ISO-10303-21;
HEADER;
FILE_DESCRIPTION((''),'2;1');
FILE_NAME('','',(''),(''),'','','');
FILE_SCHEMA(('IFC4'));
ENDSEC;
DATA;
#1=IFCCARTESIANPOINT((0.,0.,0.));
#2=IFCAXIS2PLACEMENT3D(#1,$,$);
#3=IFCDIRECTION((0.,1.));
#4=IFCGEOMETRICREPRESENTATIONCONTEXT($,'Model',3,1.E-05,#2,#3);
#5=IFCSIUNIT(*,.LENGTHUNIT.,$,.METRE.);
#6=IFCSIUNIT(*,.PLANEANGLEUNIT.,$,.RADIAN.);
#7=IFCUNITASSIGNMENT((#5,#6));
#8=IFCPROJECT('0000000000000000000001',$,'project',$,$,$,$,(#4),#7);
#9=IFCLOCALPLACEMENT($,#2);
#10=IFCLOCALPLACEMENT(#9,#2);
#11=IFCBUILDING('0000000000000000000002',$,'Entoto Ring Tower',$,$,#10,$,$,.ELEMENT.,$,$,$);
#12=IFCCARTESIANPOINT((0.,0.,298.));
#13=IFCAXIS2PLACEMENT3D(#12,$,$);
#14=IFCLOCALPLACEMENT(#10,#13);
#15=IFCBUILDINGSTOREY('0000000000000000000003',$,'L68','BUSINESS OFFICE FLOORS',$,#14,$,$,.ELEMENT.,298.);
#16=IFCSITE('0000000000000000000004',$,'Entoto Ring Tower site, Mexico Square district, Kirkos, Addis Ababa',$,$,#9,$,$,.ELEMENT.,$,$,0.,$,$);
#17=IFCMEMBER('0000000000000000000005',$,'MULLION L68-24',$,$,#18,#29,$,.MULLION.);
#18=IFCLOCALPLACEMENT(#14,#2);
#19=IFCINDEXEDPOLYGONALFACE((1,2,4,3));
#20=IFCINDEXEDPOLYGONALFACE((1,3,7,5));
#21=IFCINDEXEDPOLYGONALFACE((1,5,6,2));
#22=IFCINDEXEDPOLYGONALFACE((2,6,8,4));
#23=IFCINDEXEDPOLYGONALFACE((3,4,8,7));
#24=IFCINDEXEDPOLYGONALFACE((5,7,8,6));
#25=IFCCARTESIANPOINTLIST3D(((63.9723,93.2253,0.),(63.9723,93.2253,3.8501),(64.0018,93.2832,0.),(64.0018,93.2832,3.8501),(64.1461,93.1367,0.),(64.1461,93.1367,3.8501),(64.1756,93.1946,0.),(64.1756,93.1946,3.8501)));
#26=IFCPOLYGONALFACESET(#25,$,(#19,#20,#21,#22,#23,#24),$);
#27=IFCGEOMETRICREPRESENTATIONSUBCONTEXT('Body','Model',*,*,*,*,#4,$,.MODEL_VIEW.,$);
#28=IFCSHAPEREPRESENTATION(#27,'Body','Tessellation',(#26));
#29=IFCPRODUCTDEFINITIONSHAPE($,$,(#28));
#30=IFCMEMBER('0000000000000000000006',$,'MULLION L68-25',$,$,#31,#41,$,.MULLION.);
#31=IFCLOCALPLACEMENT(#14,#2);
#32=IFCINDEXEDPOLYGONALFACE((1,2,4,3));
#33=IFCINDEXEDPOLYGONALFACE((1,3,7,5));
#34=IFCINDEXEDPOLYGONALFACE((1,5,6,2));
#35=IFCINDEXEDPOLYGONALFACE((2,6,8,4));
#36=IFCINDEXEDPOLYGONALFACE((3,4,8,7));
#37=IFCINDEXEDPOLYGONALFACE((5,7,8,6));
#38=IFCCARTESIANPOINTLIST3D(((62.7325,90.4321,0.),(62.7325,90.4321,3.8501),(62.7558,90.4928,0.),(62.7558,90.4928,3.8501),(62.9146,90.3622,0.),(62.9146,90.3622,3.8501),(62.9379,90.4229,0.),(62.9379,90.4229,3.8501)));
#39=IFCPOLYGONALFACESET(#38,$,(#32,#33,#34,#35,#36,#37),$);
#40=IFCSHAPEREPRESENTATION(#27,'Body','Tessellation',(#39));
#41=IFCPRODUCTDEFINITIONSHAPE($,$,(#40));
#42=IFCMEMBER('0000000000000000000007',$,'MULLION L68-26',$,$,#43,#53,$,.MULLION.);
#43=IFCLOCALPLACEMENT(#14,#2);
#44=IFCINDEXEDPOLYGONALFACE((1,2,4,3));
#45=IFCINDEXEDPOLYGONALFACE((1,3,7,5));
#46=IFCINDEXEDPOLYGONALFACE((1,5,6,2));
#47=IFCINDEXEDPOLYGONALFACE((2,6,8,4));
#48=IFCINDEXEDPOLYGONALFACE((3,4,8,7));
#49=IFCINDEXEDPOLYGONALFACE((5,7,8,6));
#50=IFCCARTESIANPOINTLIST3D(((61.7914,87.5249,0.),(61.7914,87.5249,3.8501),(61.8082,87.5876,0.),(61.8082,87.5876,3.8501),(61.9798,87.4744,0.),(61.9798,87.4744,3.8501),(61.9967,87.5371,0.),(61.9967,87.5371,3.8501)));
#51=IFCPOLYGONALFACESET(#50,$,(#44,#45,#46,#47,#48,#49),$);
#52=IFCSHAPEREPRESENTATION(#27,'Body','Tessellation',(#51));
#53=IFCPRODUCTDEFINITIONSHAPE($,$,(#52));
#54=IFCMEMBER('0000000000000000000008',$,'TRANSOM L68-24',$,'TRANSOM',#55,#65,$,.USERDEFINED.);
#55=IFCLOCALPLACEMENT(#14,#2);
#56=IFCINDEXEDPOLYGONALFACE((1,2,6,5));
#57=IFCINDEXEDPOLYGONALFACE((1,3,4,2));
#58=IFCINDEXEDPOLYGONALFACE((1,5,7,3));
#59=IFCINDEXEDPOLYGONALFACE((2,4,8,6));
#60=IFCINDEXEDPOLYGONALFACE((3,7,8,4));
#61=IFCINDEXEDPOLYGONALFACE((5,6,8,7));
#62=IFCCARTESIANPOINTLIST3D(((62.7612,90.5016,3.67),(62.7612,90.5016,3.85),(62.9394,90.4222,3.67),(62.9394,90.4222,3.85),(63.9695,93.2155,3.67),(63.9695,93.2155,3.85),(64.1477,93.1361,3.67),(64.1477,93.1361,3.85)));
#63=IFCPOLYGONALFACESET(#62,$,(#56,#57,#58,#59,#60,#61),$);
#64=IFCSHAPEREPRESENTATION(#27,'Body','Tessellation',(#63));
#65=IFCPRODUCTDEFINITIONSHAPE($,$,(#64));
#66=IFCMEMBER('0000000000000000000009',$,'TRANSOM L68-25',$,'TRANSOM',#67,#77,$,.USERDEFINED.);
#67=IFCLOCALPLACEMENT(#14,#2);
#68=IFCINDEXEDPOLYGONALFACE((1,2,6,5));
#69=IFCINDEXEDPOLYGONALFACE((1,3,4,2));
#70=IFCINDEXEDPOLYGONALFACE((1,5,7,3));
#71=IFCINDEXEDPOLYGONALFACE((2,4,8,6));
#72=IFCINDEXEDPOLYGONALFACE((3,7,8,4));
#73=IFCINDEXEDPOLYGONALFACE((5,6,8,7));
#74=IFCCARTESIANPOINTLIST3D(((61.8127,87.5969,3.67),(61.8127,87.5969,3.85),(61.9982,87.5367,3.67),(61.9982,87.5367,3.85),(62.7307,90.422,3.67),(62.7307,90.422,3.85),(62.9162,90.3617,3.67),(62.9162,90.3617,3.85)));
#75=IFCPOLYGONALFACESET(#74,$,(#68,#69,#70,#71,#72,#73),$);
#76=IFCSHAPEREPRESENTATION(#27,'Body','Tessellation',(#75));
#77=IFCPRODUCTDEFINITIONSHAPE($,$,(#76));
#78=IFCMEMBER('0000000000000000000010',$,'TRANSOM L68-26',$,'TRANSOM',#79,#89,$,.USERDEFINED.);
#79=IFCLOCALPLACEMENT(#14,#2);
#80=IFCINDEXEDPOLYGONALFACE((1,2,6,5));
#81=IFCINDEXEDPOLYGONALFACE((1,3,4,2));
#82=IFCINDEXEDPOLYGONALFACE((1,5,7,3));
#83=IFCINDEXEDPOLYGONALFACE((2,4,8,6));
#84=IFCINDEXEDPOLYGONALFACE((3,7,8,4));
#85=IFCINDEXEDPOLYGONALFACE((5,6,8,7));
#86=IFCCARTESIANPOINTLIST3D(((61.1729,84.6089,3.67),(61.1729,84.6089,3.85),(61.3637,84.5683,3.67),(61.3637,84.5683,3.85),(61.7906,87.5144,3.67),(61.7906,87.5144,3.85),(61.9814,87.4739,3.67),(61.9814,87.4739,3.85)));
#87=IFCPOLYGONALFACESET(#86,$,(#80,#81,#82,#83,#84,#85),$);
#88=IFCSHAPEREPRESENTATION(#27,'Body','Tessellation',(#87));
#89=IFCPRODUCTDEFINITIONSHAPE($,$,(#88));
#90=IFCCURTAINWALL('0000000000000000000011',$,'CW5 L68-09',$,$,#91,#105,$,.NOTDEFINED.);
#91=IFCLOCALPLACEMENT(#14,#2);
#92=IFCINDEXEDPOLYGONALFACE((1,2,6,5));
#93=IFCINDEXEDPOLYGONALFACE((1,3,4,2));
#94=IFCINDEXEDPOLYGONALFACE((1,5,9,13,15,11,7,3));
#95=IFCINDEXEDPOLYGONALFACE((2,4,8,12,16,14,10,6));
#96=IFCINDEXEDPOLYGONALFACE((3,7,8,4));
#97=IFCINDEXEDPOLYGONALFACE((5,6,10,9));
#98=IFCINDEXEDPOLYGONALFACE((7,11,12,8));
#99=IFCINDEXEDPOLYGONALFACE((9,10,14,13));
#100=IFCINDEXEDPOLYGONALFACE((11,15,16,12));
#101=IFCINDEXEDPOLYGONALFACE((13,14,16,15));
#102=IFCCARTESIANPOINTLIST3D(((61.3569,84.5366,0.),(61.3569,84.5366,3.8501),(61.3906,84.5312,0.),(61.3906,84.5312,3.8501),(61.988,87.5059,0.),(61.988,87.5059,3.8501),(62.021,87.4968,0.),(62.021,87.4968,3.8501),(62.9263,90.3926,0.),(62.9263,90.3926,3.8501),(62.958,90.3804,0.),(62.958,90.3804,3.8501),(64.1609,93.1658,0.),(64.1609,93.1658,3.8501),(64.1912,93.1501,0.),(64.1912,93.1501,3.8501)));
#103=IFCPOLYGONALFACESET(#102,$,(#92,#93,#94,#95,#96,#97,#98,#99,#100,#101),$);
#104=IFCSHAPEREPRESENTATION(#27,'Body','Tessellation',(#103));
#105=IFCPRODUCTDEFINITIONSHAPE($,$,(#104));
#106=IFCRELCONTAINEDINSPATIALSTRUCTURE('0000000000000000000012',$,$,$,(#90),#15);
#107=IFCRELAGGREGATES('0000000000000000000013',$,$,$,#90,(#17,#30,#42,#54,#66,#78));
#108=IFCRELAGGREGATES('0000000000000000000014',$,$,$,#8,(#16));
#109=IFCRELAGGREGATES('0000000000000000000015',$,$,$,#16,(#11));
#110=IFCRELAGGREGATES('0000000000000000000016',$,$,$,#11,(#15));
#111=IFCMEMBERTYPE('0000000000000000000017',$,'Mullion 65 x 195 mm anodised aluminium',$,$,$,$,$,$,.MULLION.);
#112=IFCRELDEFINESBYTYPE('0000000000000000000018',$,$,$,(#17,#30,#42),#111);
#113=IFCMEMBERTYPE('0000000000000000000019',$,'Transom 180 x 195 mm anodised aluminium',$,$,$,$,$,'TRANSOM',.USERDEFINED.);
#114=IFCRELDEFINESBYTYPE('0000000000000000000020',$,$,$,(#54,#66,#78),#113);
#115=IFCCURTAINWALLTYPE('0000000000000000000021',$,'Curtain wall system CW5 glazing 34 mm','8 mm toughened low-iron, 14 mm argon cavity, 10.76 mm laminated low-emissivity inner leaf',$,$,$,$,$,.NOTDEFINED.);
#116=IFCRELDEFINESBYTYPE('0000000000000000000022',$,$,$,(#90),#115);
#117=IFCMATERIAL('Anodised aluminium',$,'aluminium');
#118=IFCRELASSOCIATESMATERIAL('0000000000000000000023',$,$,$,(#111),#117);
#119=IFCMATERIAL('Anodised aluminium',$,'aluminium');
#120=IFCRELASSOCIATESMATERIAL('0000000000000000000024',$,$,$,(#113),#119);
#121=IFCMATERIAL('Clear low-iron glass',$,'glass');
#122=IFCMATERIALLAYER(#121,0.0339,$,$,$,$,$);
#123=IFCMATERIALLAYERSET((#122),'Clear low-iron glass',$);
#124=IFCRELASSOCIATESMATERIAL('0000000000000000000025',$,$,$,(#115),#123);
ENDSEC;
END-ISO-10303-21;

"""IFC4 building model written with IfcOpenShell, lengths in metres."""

from ifc_helpers import new_model, si_unit, direction, frame, origin, origin_2d, place, context, subcontext, project, spatial, polyline, rectangle, outline, extrude, material, layer, layer_set, material_profile, profile_set, type_object, element, aggregate, save


model = new_model("IFC4")

# Units and contexts
model_context = context("Model", 3, precision=1e-05, world=origin(), true_north=direction((0.0, 1.0)))
body_context = subcontext(model_context, "Body", "Model", "MODEL_VIEW")
ifc_project = project(units=[si_unit("LENGTHUNIT", "METRE"), si_unit("PLANEANGLEUNIT", "RADIAN")], contexts=[model_context])

# Members
ifc_material_1 = material(Name="Anodised aluminium", Category="aluminium")
ifc_material_profile_1 = material_profile(ifc_material_1, rectangle(XDim=0.0649, YDim=0.1951, at=origin_2d()), Name="Mullion 65 x 195 mm anodised aluminium")
ifc_profile_set_1 = profile_set([ifc_material_profile_1], Name="Anodised aluminium")
member_type_1 = type_object("IfcMemberType", Name="Mullion 65 x 195 mm anodised aluminium", PredefinedType="MULLION", material=ifc_profile_set_1)
site_placement = place(None, origin())
building_placement = place(site_placement, origin())
storey_placement = place(building_placement, frame((0.0, 0.0, 298.0)))
member_1_placement = place(storey_placement, frame((64.074, 93.21, 0.0), z_axis=(0.0, 0.0, 1.0), x_axis=(-0.45399, -0.891007, 0.0)))
member_1 = element("IfcMember", 1, at=member_1_placement, type_object=member_type_1, Name="MULLION L68-24", PredefinedType="MULLION", context=body_context, shape_type="SweptSolid", body=[
    extrude(rectangle(XDim=0.0649, YDim=0.1951, at=origin_2d()), origin(), (0.0, 0.0, 1.0), 3.8501),
])
member_2_placement = place(storey_placement, frame((62.8352, 90.4275, 0.0), z_axis=(0.0, 0.0, 1.0), x_axis=(-0.358368, -0.93358, 0.0)))
member_2 = element("IfcMember", 2, at=member_2_placement, type_object=member_type_1, Name="MULLION L68-25", PredefinedType="MULLION", context=body_context, shape_type="SweptSolid", body=[
    extrude(rectangle(XDim=0.0649, YDim=0.1951, at=origin_2d()), origin(), (0.0, 0.0, 1.0), 3.8501),
])
member_3_placement = place(storey_placement, frame((61.894, 87.531, 0.0), z_axis=(0.0, 0.0, 1.0), x_axis=(-0.258819, -0.965926, 0.0)))
member_3 = element("IfcMember", 3, at=member_3_placement, type_object=member_type_1, Name="MULLION L68-26", PredefinedType="MULLION", context=body_context, shape_type="SweptSolid", body=[
    extrude(rectangle(XDim=0.0649, YDim=0.1951, at=origin_2d()), origin(), (0.0, 0.0, 1.0), 3.8501),
])
ifc_material_2 = material(Name="Anodised aluminium", Category="aluminium")
ifc_material_profile_2 = material_profile(ifc_material_2, rectangle(XDim=0.1951, YDim=0.1799, at=origin_2d()), Name="Transom 180 x 195 mm anodised aluminium")
ifc_profile_set_2 = profile_set([ifc_material_profile_2], Name="Anodised aluminium")
member_type_2 = type_object("IfcMemberType", Name="Transom 180 x 195 mm anodised aluminium", ElementType="TRANSOM", PredefinedType="USERDEFINED", material=ifc_profile_set_2)
member_4_placement = place(storey_placement, frame((64.0586, 93.1758, 3.76), z_axis=(-0.406726, -0.91355, 0.0), x_axis=(0.91355, -0.406726, 0.0)))
member_4 = element("IfcMember", 4, at=member_4_placement, type_object=member_type_2, Name="TRANSOM L68-24", ObjectType="TRANSOM", PredefinedType="USERDEFINED", context=body_context, shape_type="SweptSolid", body=[
    extrude(rectangle(XDim=0.1951, YDim=0.1799, at=origin_2d()), origin(), (0.0, 0.0, 1.0), 2.9707),
])
member_5_placement = place(storey_placement, frame((62.8235, 90.3918, 3.76), z_axis=(-0.309043, -0.951048, 0.0), x_axis=(0.951048, -0.309043, 0.0)))
member_5 = element("IfcMember", 5, at=member_5_placement, type_object=member_type_2, Name="TRANSOM L68-25", ObjectType="TRANSOM", PredefinedType="USERDEFINED", context=body_context, shape_type="SweptSolid", body=[
    extrude(rectangle(XDim=0.1951, YDim=0.1799, at=origin_2d()), origin(), (0.0, 0.0, 1.0), 2.9705),
])
member_6_placement = place(storey_placement, frame((61.886, 87.4941, 3.76), z_axis=(-0.20794, -0.978142, 0.0), x_axis=(0.978142, -0.20794, 0.0)))
member_6 = element("IfcMember", 6, at=member_6_placement, type_object=member_type_2, Name="TRANSOM L68-26", ObjectType="TRANSOM", PredefinedType="USERDEFINED", context=body_context, shape_type="SweptSolid", body=[
    extrude(rectangle(XDim=0.1951, YDim=0.1799, at=origin_2d()), origin(), (0.0, 0.0, 1.0), 2.9705),
])

# Site, building, storey
site = spatial("IfcSite", under=ifc_project, at=site_placement, Name="Entoto Ring Tower site, Mexico Square district, Kirkos, Addis Ababa", CompositionType="ELEMENT", RefElevation=0.0)
building = spatial("IfcBuilding", under=site, at=building_placement, Name="Entoto Ring Tower", CompositionType="ELEMENT")
storey = spatial("IfcBuildingStorey", under=building, at=storey_placement, Name="L68", Description="BUSINESS OFFICE FLOORS", CompositionType="ELEMENT", Elevation=298.0)

# Curtain wall
ifc_material_3 = material(Name="Clear low-iron glass", Category="glass")
ifc_layer = layer(ifc_material_3, 0.0339)
ifc_layer_set = layer_set([ifc_layer], Name="Clear low-iron glass")
curtain_wall_type = type_object("IfcCurtainWallType", Name="Curtain wall system CW5 glazing 34 mm", Description="8 mm toughened low-iron, 14 mm argon cavity, 10.76 mm laminated low-emissivity inner leaf", PredefinedType="NOTDEFINED", material=ifc_layer_set)
curtain_wall_1_placement = place(storey_placement, origin())
curtain_wall_1 = element("IfcCurtainWall", 7, at=curtain_wall_1_placement, inside=storey, type_object=curtain_wall_type, Name="CW5 L68-09", PredefinedType="NOTDEFINED", context=body_context, shape_type="SweptSolid", body=[
    extrude(outline(polyline([(64.1609, 93.1658), (62.9263, 90.3926), (61.988, 87.5059), (61.3569, 84.5366), (61.3906, 84.5312), (62.021, 87.4968), (62.958, 90.3804), (64.1912, 93.1501), (64.1609, 93.1658)])), origin(), (0.0, 0.0, 1.0), 3.8501),
])
aggregate(curtain_wall_1, [member_1, member_2, member_3, member_4, member_5, member_6])

save(model, "model.ifc")
